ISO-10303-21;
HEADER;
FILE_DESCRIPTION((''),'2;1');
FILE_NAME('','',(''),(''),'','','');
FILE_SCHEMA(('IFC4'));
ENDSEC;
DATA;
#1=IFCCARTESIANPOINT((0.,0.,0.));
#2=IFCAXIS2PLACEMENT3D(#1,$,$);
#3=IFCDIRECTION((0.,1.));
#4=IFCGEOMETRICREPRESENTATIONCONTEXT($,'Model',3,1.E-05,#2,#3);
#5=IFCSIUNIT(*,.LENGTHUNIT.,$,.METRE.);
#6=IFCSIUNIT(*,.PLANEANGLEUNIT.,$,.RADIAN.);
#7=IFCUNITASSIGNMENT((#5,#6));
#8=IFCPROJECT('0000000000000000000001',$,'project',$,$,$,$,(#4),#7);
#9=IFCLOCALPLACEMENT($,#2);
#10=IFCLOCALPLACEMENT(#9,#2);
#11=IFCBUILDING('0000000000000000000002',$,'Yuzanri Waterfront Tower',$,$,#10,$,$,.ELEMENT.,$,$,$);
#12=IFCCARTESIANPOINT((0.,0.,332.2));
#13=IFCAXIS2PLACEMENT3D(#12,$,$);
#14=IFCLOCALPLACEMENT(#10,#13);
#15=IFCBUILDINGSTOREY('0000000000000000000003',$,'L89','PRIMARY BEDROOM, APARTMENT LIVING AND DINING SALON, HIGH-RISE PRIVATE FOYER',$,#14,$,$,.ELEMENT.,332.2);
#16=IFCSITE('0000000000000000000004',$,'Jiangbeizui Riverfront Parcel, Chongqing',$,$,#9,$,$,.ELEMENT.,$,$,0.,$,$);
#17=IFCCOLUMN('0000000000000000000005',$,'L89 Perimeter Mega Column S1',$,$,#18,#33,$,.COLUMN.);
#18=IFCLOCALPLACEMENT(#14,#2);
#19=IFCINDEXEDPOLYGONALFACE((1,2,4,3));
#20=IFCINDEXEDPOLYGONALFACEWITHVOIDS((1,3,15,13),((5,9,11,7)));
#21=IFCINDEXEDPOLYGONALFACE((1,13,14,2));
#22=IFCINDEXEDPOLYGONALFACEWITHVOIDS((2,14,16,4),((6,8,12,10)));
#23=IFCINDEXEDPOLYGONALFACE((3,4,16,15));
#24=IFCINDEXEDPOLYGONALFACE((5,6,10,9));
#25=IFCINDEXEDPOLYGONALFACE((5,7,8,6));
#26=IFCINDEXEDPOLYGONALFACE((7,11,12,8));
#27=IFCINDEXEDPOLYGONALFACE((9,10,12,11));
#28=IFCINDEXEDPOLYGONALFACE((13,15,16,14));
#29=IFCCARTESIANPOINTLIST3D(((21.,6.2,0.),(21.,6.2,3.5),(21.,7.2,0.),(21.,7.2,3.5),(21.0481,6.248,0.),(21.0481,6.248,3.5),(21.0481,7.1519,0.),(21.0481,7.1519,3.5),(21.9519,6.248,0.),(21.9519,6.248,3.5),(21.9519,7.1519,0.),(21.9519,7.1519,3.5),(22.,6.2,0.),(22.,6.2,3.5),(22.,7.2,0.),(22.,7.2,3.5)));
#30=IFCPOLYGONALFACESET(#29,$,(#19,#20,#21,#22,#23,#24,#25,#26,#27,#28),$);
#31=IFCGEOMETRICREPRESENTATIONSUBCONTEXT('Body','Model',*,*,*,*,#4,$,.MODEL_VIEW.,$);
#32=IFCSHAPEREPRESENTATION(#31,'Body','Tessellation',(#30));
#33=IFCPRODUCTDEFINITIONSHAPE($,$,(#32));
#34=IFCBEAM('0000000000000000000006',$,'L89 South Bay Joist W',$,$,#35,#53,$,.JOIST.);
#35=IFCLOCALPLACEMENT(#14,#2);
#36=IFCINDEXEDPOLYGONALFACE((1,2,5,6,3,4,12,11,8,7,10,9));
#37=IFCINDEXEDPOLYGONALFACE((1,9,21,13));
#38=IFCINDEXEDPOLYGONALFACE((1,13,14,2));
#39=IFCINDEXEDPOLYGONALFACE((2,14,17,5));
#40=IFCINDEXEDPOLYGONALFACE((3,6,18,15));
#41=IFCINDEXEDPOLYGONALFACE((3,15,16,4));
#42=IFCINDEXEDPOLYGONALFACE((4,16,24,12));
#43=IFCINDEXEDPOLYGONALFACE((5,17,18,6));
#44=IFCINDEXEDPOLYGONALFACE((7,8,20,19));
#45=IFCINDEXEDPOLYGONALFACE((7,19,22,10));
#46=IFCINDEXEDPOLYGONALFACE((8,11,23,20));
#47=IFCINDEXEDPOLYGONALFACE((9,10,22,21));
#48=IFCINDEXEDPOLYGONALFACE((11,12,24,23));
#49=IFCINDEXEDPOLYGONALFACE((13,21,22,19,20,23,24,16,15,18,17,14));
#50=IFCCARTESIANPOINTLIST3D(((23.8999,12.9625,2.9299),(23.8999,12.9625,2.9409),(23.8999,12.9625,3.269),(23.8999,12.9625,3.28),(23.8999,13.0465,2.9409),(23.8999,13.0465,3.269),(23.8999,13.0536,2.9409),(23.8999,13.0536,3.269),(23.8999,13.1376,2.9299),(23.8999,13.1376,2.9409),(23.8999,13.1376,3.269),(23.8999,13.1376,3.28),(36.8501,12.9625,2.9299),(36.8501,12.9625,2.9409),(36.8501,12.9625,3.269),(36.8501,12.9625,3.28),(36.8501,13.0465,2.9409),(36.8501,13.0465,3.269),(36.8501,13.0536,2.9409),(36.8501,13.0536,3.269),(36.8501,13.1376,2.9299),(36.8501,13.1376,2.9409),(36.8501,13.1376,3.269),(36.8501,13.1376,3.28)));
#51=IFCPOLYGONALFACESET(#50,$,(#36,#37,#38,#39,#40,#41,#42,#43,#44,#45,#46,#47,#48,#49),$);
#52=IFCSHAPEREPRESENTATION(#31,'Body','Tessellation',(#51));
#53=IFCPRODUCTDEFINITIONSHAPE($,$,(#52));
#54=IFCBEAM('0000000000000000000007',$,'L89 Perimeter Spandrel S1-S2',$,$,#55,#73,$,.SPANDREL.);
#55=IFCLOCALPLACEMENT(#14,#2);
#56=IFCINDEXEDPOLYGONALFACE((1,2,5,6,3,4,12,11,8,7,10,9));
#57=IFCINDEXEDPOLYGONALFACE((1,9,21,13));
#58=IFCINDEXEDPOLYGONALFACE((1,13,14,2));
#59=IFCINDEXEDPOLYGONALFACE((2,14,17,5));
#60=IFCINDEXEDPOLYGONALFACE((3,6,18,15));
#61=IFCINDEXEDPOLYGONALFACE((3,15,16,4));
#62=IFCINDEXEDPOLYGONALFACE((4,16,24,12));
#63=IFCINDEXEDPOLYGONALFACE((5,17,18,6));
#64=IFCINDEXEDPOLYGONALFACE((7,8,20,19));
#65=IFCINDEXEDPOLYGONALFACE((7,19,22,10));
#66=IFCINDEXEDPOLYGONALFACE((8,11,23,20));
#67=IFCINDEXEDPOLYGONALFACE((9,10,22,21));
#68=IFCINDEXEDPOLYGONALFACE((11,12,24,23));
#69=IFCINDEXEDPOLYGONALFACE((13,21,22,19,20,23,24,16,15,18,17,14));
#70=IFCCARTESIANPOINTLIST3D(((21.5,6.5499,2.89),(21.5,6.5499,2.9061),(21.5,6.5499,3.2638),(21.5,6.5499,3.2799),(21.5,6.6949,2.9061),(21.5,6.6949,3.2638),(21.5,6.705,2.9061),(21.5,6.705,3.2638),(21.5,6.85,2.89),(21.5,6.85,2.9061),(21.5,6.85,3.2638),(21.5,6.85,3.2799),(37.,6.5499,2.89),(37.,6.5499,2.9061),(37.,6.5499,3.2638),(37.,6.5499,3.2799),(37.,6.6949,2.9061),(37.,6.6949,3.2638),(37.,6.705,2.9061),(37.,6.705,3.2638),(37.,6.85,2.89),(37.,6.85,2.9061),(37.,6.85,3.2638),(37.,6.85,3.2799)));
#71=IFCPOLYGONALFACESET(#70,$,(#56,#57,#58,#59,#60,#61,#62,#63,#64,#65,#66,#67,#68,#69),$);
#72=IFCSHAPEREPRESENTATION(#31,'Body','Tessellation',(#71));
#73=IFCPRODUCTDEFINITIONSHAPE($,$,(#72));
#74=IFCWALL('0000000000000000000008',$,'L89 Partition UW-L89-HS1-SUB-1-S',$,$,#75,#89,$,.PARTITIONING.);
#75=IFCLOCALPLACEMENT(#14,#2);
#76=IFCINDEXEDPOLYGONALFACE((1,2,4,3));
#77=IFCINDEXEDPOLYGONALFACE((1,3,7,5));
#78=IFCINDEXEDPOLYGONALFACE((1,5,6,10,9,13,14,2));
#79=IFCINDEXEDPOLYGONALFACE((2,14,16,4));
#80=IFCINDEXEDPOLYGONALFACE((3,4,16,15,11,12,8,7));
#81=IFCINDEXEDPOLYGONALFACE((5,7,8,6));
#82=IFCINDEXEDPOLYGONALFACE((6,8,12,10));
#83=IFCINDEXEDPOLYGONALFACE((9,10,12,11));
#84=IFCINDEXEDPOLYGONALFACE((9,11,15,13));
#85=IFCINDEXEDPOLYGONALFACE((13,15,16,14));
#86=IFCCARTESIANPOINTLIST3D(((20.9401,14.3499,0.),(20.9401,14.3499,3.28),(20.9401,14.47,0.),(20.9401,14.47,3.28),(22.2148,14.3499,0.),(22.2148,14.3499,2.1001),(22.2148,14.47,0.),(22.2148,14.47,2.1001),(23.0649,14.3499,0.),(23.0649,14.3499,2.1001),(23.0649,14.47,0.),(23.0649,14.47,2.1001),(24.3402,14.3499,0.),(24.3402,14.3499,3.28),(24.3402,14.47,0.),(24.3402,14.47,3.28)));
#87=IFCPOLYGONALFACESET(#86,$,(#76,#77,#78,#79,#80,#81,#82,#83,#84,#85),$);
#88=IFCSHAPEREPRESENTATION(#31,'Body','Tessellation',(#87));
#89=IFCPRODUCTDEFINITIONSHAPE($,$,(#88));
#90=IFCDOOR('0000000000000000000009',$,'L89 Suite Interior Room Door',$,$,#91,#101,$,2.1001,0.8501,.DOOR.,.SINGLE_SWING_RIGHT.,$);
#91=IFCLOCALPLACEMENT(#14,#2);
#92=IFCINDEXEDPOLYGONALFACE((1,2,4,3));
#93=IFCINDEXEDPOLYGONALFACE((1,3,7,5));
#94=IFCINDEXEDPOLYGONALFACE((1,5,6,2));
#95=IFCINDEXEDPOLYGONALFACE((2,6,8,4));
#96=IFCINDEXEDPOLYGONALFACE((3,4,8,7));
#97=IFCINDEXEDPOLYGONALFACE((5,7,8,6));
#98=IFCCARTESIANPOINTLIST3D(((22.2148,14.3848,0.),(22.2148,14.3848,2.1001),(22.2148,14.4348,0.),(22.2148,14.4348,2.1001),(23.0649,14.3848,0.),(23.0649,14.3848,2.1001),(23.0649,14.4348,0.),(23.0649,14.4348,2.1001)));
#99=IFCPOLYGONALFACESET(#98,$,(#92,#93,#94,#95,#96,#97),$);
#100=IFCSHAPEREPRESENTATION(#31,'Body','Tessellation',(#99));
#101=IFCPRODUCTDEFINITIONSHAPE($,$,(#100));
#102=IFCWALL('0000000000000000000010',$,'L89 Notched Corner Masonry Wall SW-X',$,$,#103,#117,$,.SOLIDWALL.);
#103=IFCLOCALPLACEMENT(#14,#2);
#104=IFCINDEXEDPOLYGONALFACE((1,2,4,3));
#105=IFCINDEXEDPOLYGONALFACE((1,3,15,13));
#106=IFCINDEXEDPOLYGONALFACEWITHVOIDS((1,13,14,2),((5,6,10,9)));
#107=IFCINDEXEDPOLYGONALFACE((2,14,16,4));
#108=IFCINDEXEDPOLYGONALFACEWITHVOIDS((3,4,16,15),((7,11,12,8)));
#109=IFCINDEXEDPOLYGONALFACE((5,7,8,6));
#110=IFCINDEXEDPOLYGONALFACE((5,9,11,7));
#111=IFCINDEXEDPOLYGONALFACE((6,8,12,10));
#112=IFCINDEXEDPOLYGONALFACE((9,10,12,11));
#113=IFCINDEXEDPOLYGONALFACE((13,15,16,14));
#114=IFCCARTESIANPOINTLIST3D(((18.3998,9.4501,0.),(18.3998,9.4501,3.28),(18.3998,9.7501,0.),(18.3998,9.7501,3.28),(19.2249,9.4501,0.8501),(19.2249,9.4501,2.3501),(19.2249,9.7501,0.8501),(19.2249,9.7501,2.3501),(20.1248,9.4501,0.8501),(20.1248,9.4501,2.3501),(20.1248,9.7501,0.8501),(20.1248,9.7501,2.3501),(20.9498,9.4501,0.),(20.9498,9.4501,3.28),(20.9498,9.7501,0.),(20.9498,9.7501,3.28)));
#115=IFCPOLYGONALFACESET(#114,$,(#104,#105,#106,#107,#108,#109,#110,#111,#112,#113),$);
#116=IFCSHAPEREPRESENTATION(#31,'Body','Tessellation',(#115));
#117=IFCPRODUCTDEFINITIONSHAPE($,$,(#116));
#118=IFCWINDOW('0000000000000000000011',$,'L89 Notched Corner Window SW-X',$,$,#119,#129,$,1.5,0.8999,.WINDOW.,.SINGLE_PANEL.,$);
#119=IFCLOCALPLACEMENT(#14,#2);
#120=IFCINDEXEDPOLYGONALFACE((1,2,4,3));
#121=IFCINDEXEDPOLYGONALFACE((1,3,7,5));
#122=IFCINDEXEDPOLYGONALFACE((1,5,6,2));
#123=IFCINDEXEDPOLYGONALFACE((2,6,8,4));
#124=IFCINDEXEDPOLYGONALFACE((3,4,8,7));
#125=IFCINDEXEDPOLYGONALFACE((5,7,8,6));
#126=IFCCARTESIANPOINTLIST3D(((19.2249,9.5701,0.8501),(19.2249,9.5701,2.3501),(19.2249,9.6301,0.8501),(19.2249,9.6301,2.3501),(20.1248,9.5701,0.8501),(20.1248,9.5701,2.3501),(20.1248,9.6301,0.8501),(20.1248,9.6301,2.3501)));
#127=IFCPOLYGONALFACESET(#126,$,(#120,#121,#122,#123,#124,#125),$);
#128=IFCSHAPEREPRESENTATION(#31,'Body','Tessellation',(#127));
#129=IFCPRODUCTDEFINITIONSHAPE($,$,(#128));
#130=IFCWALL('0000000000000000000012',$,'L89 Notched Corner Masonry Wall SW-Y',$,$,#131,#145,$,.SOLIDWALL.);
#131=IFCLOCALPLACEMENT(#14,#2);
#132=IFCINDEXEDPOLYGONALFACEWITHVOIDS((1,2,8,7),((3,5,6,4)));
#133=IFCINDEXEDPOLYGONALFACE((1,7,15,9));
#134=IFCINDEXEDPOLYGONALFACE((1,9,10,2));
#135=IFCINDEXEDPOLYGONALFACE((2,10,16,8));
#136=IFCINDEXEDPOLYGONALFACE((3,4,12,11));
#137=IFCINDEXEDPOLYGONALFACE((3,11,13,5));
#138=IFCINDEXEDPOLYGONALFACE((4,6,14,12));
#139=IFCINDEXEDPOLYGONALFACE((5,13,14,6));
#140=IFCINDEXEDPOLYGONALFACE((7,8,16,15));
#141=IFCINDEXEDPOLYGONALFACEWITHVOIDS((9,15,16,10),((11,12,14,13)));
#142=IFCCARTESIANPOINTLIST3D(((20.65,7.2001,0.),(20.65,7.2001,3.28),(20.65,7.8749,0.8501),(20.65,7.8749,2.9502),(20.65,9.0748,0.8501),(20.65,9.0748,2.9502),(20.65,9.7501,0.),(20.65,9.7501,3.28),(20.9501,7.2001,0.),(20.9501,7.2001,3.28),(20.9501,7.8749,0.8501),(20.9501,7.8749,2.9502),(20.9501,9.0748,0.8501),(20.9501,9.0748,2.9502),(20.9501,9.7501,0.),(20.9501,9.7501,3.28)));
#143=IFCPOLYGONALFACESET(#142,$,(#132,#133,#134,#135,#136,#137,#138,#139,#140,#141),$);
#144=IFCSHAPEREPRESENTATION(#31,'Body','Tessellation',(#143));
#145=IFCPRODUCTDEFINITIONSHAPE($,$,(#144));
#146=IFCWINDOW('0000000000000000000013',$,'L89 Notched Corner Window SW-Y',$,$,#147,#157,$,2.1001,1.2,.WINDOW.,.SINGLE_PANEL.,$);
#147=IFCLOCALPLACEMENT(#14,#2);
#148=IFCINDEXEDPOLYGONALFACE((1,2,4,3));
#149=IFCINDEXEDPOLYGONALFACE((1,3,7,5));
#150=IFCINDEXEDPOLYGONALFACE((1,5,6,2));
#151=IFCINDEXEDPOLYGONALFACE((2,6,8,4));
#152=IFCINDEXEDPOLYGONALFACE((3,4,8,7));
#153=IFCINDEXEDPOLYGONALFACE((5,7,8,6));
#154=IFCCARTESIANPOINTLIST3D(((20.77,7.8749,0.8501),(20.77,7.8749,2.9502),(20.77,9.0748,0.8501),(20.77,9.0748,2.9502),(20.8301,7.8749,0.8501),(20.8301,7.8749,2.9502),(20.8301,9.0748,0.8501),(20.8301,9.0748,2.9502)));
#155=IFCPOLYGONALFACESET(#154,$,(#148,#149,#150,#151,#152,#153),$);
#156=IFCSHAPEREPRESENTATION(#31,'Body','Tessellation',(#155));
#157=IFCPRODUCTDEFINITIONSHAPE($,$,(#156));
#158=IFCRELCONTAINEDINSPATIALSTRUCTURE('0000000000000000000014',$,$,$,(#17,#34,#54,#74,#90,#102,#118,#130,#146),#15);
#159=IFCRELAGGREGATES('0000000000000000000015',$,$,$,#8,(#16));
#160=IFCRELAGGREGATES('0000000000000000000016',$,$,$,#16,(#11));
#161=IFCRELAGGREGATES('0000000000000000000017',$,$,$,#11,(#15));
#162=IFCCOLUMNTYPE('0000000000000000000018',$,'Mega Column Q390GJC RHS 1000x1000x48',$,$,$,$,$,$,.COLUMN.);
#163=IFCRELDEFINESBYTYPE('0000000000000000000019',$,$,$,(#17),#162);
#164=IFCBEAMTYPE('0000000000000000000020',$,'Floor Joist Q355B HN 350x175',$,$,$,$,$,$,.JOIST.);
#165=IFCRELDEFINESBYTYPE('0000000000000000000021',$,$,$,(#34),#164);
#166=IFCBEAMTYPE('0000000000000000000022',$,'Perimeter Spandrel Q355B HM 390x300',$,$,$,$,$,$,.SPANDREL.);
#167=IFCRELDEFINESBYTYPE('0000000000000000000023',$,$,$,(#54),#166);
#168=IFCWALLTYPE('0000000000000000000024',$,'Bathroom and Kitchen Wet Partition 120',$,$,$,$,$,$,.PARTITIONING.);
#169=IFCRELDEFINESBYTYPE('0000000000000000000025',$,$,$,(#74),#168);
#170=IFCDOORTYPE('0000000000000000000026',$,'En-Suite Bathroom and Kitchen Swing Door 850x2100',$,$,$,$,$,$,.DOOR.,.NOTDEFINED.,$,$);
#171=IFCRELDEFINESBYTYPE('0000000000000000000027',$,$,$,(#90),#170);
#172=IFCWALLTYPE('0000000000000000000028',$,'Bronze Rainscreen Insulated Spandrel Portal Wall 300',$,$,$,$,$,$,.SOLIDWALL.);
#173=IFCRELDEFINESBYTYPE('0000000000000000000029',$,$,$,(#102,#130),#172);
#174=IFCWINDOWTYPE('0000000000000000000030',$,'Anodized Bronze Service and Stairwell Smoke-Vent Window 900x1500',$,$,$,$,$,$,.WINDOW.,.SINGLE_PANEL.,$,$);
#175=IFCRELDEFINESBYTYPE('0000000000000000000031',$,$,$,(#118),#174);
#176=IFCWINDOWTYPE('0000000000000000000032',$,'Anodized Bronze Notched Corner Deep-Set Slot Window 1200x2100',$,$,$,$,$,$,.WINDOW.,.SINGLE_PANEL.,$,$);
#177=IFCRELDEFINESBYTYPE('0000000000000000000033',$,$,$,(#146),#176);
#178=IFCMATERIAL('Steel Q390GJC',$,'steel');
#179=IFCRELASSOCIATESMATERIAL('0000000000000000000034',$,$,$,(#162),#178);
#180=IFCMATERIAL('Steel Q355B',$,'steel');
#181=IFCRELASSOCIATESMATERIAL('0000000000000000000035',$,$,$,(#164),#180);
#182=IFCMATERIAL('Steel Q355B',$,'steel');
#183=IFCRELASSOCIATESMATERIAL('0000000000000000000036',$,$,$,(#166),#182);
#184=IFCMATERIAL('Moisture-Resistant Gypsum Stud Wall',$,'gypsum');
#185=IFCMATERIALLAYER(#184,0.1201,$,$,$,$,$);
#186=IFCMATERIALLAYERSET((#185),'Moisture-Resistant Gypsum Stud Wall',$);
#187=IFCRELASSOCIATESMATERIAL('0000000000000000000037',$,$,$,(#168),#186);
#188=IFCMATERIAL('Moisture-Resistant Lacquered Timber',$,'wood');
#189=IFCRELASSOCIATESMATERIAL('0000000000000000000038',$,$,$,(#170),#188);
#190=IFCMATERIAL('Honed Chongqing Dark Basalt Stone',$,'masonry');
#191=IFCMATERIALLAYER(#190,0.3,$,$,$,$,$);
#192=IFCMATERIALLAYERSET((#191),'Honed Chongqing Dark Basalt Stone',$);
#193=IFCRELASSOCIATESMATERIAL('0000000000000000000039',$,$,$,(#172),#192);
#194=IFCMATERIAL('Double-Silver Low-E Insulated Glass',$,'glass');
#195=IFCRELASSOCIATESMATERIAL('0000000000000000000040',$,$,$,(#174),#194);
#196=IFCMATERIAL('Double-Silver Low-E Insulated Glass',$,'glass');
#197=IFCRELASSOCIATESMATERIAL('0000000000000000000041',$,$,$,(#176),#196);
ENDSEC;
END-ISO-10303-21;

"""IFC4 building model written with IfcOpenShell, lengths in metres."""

from ifc_helpers import new_model, si_unit, direction, frame, frame_2d, origin, origin_2d, place, context, subcontext, project, spatial, rectangle, hollow_rectangle, i_section, extrude, source, transform, mapped, material, layer, layer_set, material_profile, profile_set, type_object, element, fill, save


model = new_model("IFC4")

# Units and contexts
model_context = context("Model", 3, precision=1e-05, world=origin(), true_north=direction((0.0, 1.0)))
body_context = subcontext(model_context, "Body", "Model", "MODEL_VIEW")
ifc_project = project(units=[si_unit("LENGTHUNIT", "METRE"), si_unit("PLANEANGLEUNIT", "RADIAN")], contexts=[model_context])

# Site, building, storey
site_placement = place(None, origin())
site = spatial("IfcSite", under=ifc_project, at=site_placement, Name="Jiangbeizui Riverfront Parcel, Chongqing", CompositionType="ELEMENT", RefElevation=0.0)
building_placement = place(site_placement, origin())
building = spatial("IfcBuilding", under=site, at=building_placement, Name="Yuzanri Waterfront Tower", CompositionType="ELEMENT")
storey_placement = place(building_placement, frame((0.0, 0.0, 332.2)))
storey = spatial("IfcBuildingStorey", under=building, at=storey_placement, Name="L89", Description="PRIMARY BEDROOM, APARTMENT LIVING AND DINING SALON, HIGH-RISE PRIVATE FOYER", CompositionType="ELEMENT", Elevation=332.2)

# Column
ifc_material_1 = material(Name="Steel Q390GJC", Category="steel")
ifc_material_profile_1 = material_profile(ifc_material_1, hollow_rectangle(XDim=1.0, YDim=1.0, WallThickness=0.0481, at=origin_2d()), Name="RHS 1000x1000x48")
ifc_profile_set_1 = profile_set([ifc_material_profile_1], Name="Steel Q390GJC")
column_type = type_object("IfcColumnType", Name="Mega Column Q390GJC RHS 1000x1000x48", PredefinedType="COLUMN", material=ifc_profile_set_1)
shared_shape_1 = source(origin(), body_context, "Body", "SweptSolid", [
    extrude(hollow_rectangle(XDim=1.0, YDim=1.0, WallThickness=0.0481, at=origin_2d()), origin(), (0.0, 0.0, 1.0), 3.5),
])
column_placement = place(storey_placement, frame((21.5, 6.7, 0.0), z_axis=(0.0, 0.0, 1.0), x_axis=(1.0, 0.0, 0.0)))
element("IfcColumn", 1, at=column_placement, inside=storey, type_object=column_type, Name="L89 Perimeter Mega Column S1", PredefinedType="COLUMN", context=body_context, shape_type="MappedRepresentation", body=[
    mapped(shared_shape_1, transform((0.0, 0.0, 0.0), scale=1.0)),
])

# Beams
ifc_material_2 = material(Name="Steel Q355B", Category="steel")
ifc_material_profile_2 = material_profile(ifc_material_2, i_section(OverallWidth=0.175, OverallDepth=0.3501, WebThickness=0.0071, FlangeThickness=0.011, at=origin_2d()), Name="HN 350x175x7x11")
ifc_profile_set_2 = profile_set([ifc_material_profile_2], Name="Steel Q355B")
beam_type_1 = type_object("IfcBeamType", Name="Floor Joist Q355B HN 350x175", PredefinedType="JOIST", material=ifc_profile_set_2)
shared_shape_2 = source(origin(), body_context, "Body", "SweptSolid", [
    extrude(i_section(OverallWidth=0.175, OverallDepth=0.3501, WebThickness=0.0071, FlangeThickness=0.011, at=origin_2d()), origin(), (0.0, 0.0, 1.0), 12.9502),
])
beam_1_placement = place(storey_placement, frame((23.8999, 13.05, 3.105), z_axis=(1.0, 0.0, 0.0), x_axis=(0.0, 1.0, 0.0)))
element("IfcBeam", 2, at=beam_1_placement, inside=storey, type_object=beam_type_1, Name="L89 South Bay Joist W", PredefinedType="JOIST", context=body_context, shape_type="MappedRepresentation", body=[
    mapped(shared_shape_2, transform((0.0, 0.0, 0.0), scale=1.0)),
])
ifc_material_3 = material(Name="Steel Q355B", Category="steel")
ifc_material_profile_3 = material_profile(ifc_material_3, i_section(OverallWidth=0.3, OverallDepth=0.3899, WebThickness=0.01, FlangeThickness=0.0161, at=origin_2d()), Name="HM 390x300x10x16")
ifc_profile_set_3 = profile_set([ifc_material_profile_3], Name="Steel Q355B")
beam_type_2 = type_object("IfcBeamType", Name="Perimeter Spandrel Q355B HM 390x300", PredefinedType="SPANDREL", material=ifc_profile_set_3)
shared_shape_3 = source(origin(), body_context, "Body", "SweptSolid", [
    extrude(i_section(OverallWidth=0.3, OverallDepth=0.3899, WebThickness=0.01, FlangeThickness=0.0161, at=origin_2d()), origin(), (0.0, 0.0, 1.0), 15.5),
])
beam_2_placement = place(storey_placement, frame((21.5, 6.7, 3.085), z_axis=(1.0, 0.0, 0.0), x_axis=(0.0, 1.0, 0.0)))
element("IfcBeam", 3, at=beam_2_placement, inside=storey, type_object=beam_type_2, Name="L89 Perimeter Spandrel S1-S2", PredefinedType="SPANDREL", context=body_context, shape_type="MappedRepresentation", body=[
    mapped(shared_shape_3, transform((0.0, 0.0, 0.0), scale=1.0)),
])

# Wall, opening, door
ifc_material_4 = material(Name="Moisture-Resistant Gypsum Stud Wall", Category="gypsum")
ifc_layer_1 = layer(ifc_material_4, 0.1201)
ifc_layer_set_1 = layer_set([ifc_layer_1], Name="Moisture-Resistant Gypsum Stud Wall")
wall_type_1 = type_object("IfcWallType", Name="Bathroom and Kitchen Wet Partition 120", PredefinedType="PARTITIONING", material=ifc_layer_set_1)
wall_1_placement = place(storey_placement, frame((20.9399, 14.4099, 0.0), z_axis=(0.0, 0.0, 1.0), x_axis=(1.0, 0.0, 0.0)))
wall_1 = element("IfcWall", 4, at=wall_1_placement, inside=storey, type_object=wall_type_1, Name="L89 Partition UW-L89-HS1-SUB-1-S", PredefinedType="PARTITIONING", context=body_context, shape_type="SweptSolid", body=[
    extrude(rectangle(XDim=3.4001, YDim=0.1201, at=frame_2d((1.7002, 0.0))), origin(), (0.0, 0.0, 1.0), 3.28),
])
opening_1_placement = place(wall_1_placement, frame((1.2749, 0.0, 0.0)))
opening_1 = element("IfcOpeningElement", 5, at=opening_1_placement, cuts=wall_1, PredefinedType="OPENING", context=body_context, shape_type="SweptSolid", body=[
    extrude(rectangle(XDim=0.8501, YDim=2.1001, at=frame_2d((0.425, 1.05))), frame((0.0, 0.075, 0.0), z_axis=(0.0, -1.0, 0.0), x_axis=(1.0, 0.0, 0.0)), (0.0, 0.0, 1.0), 0.1499),
])
ifc_material_5 = material(Name="Moisture-Resistant Lacquered Timber", Category="wood")
door_type_1 = type_object("IfcDoorType", Name="En-Suite Bathroom and Kitchen Swing Door 850x2100", OperationType="NOTDEFINED", PredefinedType="DOOR", material=ifc_material_5)
shared_shape_4 = source(origin(), body_context, "Body", "SweptSolid", [
    extrude(rectangle(XDim=0.8501, YDim=2.1001, at=frame_2d((0.425, 1.05))), frame((0.0, 0.0249, 0.0), z_axis=(0.0, -1.0, 0.0), x_axis=(1.0, 0.0, 0.0)), (0.0, 0.0, 1.0), 0.05),
])
door_1_placement = place(opening_1_placement, origin())
door_1 = element("IfcDoor", 6, at=door_1_placement, inside=storey, type_object=door_type_1, Name="L89 Suite Interior Room Door", OperationType="SINGLE_SWING_RIGHT", OverallHeight=2.1001, OverallWidth=0.8501, PredefinedType="DOOR", context=body_context, shape_type="MappedRepresentation", body=[
    mapped(shared_shape_4, transform((0.0, 0.0, 0.0), scale=1.0)),
])
fill(opening_1, door_1)

# Walls, openings, windows
ifc_material_6 = material(Name="Honed Chongqing Dark Basalt Stone", Category="masonry")
ifc_layer_2 = layer(ifc_material_6, 0.3)
ifc_layer_set_2 = layer_set([ifc_layer_2], Name="Honed Chongqing Dark Basalt Stone")
wall_type_2 = type_object("IfcWallType", Name="Bronze Rainscreen Insulated Spandrel Portal Wall 300", PredefinedType="SOLIDWALL", material=ifc_layer_set_2)
wall_2_placement = place(storey_placement, frame((18.3999, 9.6001, 0.0), z_axis=(0.0, 0.0, 1.0), x_axis=(1.0, 0.0, 0.0)))
wall_2 = element("IfcWall", 7, at=wall_2_placement, inside=storey, type_object=wall_type_2, Name="L89 Notched Corner Masonry Wall SW-X", PredefinedType="SOLIDWALL", context=body_context, shape_type="SweptSolid", body=[
    extrude(rectangle(XDim=2.55, YDim=0.3, at=frame_2d((1.2749, 0.0))), origin(), (0.0, 0.0, 1.0), 3.28),
])
opening_2_placement = place(wall_2_placement, frame((0.825, 0.0, 0.8501)))
opening_2 = element("IfcOpeningElement", 8, at=opening_2_placement, cuts=wall_2, PredefinedType="OPENING", context=body_context, shape_type="SweptSolid", body=[
    extrude(rectangle(XDim=0.8999, YDim=1.5, at=frame_2d((0.45, 0.75))), frame((0.0, 0.165, 0.0), z_axis=(0.0, -1.0, 0.0), x_axis=(1.0, 0.0, 0.0)), (0.0, 0.0, 1.0), 0.3298),
])
ifc_material_7 = material(Name="Double-Silver Low-E Insulated Glass", Category="glass")
window_type_1 = type_object("IfcWindowType", Name="Anodized Bronze Service and Stairwell Smoke-Vent Window 900x1500", PartitioningType="SINGLE_PANEL", PredefinedType="WINDOW", material=ifc_material_7)
shared_shape_5 = source(origin(), body_context, "Body", "SweptSolid", [
    extrude(rectangle(XDim=0.8999, YDim=1.5, at=frame_2d((0.45, 0.75))), frame((0.0, 0.03, 0.0), z_axis=(0.0, -1.0, 0.0), x_axis=(1.0, 0.0, 0.0)), (0.0, 0.0, 1.0), 0.0601),
])
window_1_placement = place(opening_2_placement, origin())
window_1 = element("IfcWindow", 9, at=window_1_placement, inside=storey, type_object=window_type_1, Name="L89 Notched Corner Window SW-X", OverallHeight=1.5, OverallWidth=0.8999, PartitioningType="SINGLE_PANEL", PredefinedType="WINDOW", context=body_context, shape_type="MappedRepresentation", body=[
    mapped(shared_shape_5, transform((0.0, 0.0, 0.0), scale=1.0)),
])
fill(opening_2, window_1)
wall_3_placement = place(storey_placement, frame((20.8, 9.75, 0.0), z_axis=(0.0, 0.0, 1.0), x_axis=(0.0, -1.0, 0.0)))
wall_3 = element("IfcWall", 10, at=wall_3_placement, inside=storey, type_object=wall_type_2, Name="L89 Notched Corner Masonry Wall SW-Y", PredefinedType="SOLIDWALL", context=body_context, shape_type="SweptSolid", body=[
    extrude(rectangle(XDim=2.55, YDim=0.3, at=frame_2d((1.2749, 0.0))), origin(), (0.0, 0.0, 1.0), 3.28),
])
opening_3_placement = place(wall_3_placement, frame((0.675, 0.0, 0.8501)))
opening_3 = element("IfcOpeningElement", 11, at=opening_3_placement, cuts=wall_3, PredefinedType="OPENING", context=body_context, shape_type="SweptSolid", body=[
    extrude(rectangle(XDim=1.2, YDim=2.1001, at=frame_2d((0.6001, 1.05))), frame((0.0, 0.165, 0.0), z_axis=(0.0, -1.0, 0.0), x_axis=(1.0, 0.0, 0.0)), (0.0, 0.0, 1.0), 0.3298),
])
ifc_material_8 = material(Name="Double-Silver Low-E Insulated Glass", Category="glass")
window_type_2 = type_object("IfcWindowType", Name="Anodized Bronze Notched Corner Deep-Set Slot Window 1200x2100", PartitioningType="SINGLE_PANEL", PredefinedType="WINDOW", material=ifc_material_8)
shared_shape_6 = source(origin(), body_context, "Body", "SweptSolid", [
    extrude(rectangle(XDim=1.2, YDim=2.1001, at=frame_2d((0.6001, 1.05))), frame((0.0, 0.03, 0.0), z_axis=(0.0, -1.0, 0.0), x_axis=(1.0, 0.0, 0.0)), (0.0, 0.0, 1.0), 0.0601),
])
window_2_placement = place(opening_3_placement, origin())
window_2 = element("IfcWindow", 12, at=window_2_placement, inside=storey, type_object=window_type_2, Name="L89 Notched Corner Window SW-Y", OverallHeight=2.1001, OverallWidth=1.2, PartitioningType="SINGLE_PANEL", PredefinedType="WINDOW", context=body_context, shape_type="MappedRepresentation", body=[
    mapped(shared_shape_6, transform((0.0, 0.0, 0.0), scale=1.0)),
])
fill(opening_3, window_2)

save(model, "model.ifc")
